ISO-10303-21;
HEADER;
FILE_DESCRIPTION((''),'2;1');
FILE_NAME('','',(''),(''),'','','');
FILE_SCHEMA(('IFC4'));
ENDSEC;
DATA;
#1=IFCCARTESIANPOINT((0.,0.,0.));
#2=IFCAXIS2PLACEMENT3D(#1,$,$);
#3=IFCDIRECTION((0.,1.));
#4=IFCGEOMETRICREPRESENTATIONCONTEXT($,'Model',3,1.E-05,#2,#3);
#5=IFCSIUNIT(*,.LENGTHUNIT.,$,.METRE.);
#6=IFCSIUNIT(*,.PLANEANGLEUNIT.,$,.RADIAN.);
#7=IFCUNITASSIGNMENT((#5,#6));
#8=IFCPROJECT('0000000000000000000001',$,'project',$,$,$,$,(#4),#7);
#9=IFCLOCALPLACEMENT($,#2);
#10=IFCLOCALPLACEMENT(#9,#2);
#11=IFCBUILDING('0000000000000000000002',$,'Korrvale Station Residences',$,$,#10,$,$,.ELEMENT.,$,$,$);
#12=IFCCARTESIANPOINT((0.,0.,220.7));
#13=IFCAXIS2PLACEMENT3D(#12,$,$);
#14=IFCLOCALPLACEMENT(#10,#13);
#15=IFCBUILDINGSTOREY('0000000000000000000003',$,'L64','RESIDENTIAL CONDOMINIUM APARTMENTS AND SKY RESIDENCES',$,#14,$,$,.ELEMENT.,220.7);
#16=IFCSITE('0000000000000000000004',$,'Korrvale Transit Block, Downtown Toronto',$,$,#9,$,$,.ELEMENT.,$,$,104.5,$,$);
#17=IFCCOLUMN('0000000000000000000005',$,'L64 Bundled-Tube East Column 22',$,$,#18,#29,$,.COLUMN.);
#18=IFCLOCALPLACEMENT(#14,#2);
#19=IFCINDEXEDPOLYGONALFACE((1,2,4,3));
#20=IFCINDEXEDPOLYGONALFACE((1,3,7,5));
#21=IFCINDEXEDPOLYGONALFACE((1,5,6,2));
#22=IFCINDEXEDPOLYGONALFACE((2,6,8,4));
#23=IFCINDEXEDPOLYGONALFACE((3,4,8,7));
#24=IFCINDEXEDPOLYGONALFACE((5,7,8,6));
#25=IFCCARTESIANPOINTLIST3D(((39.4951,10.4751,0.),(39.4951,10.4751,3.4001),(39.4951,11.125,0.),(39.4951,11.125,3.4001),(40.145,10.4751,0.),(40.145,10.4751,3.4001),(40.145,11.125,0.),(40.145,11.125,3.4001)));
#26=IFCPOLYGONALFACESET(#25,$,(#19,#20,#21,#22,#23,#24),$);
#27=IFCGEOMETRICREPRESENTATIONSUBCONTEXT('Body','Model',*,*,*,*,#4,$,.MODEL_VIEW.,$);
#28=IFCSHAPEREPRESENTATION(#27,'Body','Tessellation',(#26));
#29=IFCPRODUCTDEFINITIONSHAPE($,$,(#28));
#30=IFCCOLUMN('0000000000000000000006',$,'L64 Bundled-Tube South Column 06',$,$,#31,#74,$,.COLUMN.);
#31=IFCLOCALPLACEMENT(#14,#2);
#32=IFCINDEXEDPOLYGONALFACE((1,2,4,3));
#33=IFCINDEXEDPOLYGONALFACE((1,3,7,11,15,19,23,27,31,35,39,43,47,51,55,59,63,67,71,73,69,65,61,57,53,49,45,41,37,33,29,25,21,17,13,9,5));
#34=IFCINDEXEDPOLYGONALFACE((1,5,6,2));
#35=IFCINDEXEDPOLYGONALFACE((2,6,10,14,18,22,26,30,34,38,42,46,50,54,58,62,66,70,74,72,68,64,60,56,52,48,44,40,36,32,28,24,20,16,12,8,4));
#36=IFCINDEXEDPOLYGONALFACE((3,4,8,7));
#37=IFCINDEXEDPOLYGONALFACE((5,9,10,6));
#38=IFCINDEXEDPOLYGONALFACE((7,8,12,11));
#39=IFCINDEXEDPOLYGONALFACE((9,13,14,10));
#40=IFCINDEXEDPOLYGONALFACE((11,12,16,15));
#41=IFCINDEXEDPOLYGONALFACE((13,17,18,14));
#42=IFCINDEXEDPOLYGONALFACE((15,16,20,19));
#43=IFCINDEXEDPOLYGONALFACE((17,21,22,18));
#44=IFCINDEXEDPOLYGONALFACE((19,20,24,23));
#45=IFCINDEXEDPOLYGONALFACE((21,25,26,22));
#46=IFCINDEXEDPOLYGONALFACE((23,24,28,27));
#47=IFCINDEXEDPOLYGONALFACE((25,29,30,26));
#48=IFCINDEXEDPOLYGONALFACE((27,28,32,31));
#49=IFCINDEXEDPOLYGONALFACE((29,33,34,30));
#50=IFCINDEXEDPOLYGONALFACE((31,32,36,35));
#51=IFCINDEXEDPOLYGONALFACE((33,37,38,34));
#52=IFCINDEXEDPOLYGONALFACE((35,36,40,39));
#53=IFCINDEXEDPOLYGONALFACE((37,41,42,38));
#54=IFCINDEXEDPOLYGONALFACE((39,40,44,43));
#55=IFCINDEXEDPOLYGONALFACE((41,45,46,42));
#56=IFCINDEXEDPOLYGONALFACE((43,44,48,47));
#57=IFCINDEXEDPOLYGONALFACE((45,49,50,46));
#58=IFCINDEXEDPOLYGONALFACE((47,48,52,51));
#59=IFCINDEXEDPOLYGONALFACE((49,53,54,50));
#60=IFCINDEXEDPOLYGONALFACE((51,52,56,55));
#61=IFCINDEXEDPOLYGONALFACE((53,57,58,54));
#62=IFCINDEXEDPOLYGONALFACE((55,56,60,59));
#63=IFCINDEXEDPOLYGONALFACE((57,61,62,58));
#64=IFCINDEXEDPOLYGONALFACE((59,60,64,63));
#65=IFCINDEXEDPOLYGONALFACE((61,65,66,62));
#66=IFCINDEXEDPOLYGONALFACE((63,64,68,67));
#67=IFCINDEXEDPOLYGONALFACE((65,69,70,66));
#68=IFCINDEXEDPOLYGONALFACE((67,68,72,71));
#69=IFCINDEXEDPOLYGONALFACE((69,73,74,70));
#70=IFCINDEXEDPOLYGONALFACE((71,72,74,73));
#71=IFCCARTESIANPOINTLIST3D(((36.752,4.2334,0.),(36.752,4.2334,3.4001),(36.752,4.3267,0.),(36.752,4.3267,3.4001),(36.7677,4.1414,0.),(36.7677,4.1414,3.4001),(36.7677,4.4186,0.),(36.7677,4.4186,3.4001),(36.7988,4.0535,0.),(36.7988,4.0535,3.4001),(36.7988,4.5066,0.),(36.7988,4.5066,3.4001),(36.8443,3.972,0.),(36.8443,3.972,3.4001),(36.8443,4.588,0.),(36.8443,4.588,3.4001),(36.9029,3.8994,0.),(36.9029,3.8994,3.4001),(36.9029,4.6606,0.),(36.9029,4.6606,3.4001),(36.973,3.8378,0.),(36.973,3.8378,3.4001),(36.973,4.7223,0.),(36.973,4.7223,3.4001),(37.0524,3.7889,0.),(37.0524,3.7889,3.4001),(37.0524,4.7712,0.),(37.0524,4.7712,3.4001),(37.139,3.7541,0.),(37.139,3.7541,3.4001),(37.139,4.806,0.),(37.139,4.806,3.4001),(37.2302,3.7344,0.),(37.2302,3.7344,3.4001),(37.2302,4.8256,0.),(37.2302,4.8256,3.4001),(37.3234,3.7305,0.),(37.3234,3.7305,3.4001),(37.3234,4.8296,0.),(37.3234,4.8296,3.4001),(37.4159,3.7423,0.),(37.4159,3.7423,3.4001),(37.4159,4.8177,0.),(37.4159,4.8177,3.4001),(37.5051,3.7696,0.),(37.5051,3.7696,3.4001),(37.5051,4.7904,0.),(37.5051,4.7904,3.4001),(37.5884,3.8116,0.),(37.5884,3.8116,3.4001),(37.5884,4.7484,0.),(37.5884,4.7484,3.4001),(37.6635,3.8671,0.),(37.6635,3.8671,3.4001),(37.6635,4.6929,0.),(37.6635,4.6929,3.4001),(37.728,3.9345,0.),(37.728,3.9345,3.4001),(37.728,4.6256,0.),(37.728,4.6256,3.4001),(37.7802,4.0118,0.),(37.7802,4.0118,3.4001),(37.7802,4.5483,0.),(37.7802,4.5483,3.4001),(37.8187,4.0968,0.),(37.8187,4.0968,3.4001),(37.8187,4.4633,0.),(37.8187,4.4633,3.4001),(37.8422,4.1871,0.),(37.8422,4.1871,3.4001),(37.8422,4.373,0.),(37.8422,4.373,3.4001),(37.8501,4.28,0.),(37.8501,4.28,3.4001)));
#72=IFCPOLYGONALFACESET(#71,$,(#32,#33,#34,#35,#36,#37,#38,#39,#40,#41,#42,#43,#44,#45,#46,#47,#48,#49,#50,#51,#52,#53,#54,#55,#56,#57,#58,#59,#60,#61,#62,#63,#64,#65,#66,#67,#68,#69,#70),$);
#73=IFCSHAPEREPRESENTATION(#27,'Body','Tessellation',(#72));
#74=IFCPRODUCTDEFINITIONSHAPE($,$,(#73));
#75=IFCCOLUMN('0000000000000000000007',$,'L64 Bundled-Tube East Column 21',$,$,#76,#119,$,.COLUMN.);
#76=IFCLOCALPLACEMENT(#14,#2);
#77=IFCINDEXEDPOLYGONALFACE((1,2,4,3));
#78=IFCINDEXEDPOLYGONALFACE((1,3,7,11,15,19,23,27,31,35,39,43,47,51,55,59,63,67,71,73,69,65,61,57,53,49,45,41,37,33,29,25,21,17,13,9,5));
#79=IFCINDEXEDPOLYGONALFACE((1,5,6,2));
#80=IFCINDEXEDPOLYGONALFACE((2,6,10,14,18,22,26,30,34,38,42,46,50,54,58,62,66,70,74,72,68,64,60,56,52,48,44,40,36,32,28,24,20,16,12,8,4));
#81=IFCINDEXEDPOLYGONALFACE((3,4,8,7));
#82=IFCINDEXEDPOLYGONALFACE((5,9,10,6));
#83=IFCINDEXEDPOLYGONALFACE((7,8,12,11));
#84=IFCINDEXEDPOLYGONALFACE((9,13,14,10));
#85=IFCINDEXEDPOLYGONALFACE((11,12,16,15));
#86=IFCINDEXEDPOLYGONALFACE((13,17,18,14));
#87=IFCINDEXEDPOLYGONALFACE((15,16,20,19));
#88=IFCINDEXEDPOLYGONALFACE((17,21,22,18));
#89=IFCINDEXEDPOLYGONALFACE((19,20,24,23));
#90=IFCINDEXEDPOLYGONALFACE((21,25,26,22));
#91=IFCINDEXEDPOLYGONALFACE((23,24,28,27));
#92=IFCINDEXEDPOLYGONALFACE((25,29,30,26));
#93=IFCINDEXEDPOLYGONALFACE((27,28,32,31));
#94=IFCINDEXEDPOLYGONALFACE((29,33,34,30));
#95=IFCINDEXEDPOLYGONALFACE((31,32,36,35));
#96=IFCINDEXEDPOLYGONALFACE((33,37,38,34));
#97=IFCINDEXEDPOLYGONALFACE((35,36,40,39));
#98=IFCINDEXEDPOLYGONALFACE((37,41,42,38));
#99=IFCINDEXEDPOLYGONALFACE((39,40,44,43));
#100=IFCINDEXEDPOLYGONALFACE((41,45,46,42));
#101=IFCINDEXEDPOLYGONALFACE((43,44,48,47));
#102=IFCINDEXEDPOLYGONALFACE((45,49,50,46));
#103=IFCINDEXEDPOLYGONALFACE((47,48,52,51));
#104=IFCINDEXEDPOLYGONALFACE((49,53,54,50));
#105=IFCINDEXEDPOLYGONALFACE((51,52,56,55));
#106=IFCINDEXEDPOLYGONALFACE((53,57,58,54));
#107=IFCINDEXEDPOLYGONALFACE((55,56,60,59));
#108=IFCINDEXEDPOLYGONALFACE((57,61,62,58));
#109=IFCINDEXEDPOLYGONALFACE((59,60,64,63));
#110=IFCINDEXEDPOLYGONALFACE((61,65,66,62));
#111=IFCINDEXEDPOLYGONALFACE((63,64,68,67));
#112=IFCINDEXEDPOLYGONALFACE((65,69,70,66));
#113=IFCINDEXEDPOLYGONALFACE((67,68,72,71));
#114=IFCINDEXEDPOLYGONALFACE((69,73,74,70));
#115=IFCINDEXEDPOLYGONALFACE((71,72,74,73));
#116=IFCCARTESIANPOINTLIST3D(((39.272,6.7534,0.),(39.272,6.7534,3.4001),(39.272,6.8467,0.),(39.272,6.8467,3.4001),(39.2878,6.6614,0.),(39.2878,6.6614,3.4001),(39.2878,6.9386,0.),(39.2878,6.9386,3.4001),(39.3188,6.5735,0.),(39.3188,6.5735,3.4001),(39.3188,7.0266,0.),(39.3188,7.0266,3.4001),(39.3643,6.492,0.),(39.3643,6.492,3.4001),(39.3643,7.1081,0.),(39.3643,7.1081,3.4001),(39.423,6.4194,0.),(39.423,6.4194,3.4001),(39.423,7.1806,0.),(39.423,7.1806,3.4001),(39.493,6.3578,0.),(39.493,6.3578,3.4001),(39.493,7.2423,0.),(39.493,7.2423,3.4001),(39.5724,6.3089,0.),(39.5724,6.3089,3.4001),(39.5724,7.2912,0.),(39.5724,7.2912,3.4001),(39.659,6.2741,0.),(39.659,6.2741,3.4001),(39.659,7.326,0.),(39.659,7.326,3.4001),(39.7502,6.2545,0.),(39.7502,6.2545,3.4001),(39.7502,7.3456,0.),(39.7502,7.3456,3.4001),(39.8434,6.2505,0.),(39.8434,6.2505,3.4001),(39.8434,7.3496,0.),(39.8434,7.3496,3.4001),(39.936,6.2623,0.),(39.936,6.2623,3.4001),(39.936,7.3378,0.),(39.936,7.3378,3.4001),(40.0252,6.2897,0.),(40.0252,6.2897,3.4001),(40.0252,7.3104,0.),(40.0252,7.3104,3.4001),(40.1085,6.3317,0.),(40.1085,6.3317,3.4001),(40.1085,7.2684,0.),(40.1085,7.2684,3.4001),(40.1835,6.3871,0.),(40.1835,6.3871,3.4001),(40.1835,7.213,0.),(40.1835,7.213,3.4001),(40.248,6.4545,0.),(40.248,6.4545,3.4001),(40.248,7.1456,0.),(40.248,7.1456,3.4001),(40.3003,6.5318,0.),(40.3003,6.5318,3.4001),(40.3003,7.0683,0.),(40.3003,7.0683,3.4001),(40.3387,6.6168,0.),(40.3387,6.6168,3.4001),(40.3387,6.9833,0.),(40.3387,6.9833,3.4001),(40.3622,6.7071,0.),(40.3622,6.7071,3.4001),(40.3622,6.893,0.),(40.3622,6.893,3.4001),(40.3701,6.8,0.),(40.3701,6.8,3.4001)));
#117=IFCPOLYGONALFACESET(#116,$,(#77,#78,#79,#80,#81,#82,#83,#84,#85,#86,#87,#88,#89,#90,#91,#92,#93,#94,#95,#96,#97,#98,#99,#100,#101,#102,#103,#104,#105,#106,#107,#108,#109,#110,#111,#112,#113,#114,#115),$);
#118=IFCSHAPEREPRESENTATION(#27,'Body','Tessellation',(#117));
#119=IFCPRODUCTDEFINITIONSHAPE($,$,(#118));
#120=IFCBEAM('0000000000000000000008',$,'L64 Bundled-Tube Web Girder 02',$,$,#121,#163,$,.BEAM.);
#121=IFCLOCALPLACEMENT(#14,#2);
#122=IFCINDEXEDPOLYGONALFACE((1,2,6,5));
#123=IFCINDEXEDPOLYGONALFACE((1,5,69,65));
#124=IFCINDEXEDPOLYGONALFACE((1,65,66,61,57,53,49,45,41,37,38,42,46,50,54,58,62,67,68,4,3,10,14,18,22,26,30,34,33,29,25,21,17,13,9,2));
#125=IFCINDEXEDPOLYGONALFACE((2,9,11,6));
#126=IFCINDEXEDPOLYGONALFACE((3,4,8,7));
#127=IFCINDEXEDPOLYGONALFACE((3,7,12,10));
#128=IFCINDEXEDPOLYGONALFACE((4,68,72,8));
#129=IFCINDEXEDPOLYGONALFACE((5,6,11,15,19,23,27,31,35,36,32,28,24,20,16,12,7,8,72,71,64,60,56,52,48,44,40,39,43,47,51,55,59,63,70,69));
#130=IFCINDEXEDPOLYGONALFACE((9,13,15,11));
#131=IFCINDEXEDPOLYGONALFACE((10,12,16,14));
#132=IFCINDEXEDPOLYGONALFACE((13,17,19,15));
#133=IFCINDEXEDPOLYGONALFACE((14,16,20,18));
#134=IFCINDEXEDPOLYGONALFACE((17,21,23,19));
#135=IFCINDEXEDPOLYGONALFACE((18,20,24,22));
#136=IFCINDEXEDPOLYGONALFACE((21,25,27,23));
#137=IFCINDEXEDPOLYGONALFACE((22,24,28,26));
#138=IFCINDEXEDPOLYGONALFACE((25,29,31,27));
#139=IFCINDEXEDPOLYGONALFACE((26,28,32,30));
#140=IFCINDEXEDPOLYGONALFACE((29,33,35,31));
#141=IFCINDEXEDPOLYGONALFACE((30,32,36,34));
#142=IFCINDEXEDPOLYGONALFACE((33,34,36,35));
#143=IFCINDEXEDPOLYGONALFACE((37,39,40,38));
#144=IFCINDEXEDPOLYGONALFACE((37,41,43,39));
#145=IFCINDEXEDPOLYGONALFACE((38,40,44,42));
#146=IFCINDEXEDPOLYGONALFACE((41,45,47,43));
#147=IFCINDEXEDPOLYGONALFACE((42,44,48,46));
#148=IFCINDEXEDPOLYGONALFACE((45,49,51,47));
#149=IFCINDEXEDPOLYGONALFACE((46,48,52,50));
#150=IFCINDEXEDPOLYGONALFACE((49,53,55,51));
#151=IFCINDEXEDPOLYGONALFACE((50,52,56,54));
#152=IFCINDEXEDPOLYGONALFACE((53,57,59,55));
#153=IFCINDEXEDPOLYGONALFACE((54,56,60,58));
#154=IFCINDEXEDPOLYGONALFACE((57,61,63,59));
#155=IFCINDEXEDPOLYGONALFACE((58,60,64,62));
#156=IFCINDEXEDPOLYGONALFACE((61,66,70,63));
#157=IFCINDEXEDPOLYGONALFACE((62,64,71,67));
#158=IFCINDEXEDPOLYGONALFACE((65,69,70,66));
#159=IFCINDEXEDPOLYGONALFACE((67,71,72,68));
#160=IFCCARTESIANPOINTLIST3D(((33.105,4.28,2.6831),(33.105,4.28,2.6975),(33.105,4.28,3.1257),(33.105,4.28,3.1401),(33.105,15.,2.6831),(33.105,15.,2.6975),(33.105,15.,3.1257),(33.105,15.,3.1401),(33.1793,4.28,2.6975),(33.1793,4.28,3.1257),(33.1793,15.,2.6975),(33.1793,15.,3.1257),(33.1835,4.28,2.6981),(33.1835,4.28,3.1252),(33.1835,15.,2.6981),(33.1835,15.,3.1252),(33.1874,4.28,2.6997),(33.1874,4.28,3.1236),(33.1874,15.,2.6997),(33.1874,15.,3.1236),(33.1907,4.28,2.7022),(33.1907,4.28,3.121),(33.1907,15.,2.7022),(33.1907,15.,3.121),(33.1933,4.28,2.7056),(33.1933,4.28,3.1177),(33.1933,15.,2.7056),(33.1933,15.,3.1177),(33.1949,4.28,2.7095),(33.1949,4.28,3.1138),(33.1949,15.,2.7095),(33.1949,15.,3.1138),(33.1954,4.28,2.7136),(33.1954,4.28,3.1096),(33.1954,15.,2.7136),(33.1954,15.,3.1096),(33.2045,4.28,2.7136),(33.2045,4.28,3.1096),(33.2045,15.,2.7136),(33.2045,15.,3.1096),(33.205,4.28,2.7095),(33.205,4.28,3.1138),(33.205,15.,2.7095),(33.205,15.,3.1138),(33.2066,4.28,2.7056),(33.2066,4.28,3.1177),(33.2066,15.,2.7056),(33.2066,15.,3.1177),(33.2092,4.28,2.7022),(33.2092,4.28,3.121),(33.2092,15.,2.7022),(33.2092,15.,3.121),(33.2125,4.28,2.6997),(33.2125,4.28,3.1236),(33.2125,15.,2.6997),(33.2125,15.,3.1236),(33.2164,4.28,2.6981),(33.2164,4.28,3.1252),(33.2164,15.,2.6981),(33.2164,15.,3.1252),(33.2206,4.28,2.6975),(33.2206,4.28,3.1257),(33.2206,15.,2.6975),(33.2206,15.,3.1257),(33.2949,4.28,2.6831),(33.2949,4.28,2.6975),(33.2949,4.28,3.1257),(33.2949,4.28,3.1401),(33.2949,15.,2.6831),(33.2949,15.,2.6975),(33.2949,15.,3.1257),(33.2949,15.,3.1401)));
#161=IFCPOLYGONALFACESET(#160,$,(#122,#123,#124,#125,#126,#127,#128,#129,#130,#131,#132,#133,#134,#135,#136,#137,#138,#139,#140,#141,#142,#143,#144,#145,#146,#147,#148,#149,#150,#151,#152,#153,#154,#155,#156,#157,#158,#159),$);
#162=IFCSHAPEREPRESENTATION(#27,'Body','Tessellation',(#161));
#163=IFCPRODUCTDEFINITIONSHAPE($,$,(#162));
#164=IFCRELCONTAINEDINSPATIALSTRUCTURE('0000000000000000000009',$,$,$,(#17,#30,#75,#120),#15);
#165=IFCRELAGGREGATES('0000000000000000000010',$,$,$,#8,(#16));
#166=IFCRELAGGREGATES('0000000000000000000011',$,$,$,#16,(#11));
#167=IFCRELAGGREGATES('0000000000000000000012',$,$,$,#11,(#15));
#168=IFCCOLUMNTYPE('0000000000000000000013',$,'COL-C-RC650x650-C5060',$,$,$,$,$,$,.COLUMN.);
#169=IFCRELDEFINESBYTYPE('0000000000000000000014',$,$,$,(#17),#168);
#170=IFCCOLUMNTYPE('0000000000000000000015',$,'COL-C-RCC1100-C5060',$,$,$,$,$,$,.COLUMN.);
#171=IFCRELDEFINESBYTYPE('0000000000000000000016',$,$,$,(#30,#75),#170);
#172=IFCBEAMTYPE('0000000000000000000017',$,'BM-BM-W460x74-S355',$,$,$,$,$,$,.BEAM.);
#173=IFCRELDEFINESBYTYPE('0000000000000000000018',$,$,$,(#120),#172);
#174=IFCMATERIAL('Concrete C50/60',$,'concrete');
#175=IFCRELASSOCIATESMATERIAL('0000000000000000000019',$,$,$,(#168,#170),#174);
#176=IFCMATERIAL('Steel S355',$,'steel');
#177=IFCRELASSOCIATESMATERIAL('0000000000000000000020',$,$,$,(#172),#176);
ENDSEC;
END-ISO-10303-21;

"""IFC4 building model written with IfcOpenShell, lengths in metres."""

from ifc_helpers import new_model, si_unit, direction, frame, origin, origin_2d, place, context, subcontext, project, spatial, rectangle, circle, i_section, extrude, material, material_profile, profile_set, type_object, element, save


model = new_model("IFC4")

# Units and contexts
model_context = context("Model", 3, precision=1e-05, world=origin(), true_north=direction((0.0, 1.0)))
body_context = subcontext(model_context, "Body", "Model", "MODEL_VIEW")
ifc_project = project(units=[si_unit("LENGTHUNIT", "METRE"), si_unit("PLANEANGLEUNIT", "RADIAN")], contexts=[model_context])

# Site, building, storey
site_placement = place(None, origin())
site = spatial("IfcSite", under=ifc_project, at=site_placement, Name="Korrvale Transit Block, Downtown Toronto", CompositionType="ELEMENT", RefElevation=104.5)
building_placement = place(site_placement, origin())
building = spatial("IfcBuilding", under=site, at=building_placement, Name="Korrvale Station Residences", CompositionType="ELEMENT")
storey_placement = place(building_placement, frame((0.0, 0.0, 220.7)))
storey = spatial("IfcBuildingStorey", under=building, at=storey_placement, Name="L64", Description="RESIDENTIAL CONDOMINIUM APARTMENTS AND SKY RESIDENCES", CompositionType="ELEMENT", Elevation=220.7)

# Columns
ifc_material_1 = material(Name="Concrete C50/60", Category="concrete")
ifc_material_profile_1 = material_profile(ifc_material_1, rectangle(XDim=0.6499, YDim=0.6499, at=origin_2d()), Name="RC650x650")
ifc_profile_set_1 = profile_set([ifc_material_profile_1], Name="Concrete C50/60")
column_type_1 = type_object("IfcColumnType", Name="COL-C-RC650x650-C5060", PredefinedType="COLUMN", material=ifc_profile_set_1)
column_placement = place(storey_placement, frame((39.8201, 10.8, 0.0), z_axis=(0.0, 0.0, 1.0), x_axis=(1.0, 0.0, 0.0)))
element("IfcColumn", 1, at=column_placement, inside=storey, type_object=column_type_1, Name="L64 Bundled-Tube East Column 22", PredefinedType="COLUMN", context=body_context, shape_type="SweptSolid", body=[
    extrude(rectangle(XDim=0.6499, YDim=0.6499, at=origin_2d()), origin(), (0.0, 0.0, 1.0), 3.4001),
])
ifc_material_profile_2 = material_profile(ifc_material_1, circle(Radius=0.55, at=origin_2d()), Name="RCC1100")
ifc_profile_set_2 = profile_set([ifc_material_profile_2], Name="Concrete C50/60")
column_type_2 = type_object("IfcColumnType", Name="COL-C-RCC1100-C5060", PredefinedType="COLUMN", material=ifc_profile_set_2)
for number, where, z_axis, x_axis, name in (
    (2, (37.3, 4.28, 0.0), (0.0, 0.0, 1.0), (1.0, 0.0, 0.0), "L64 Bundled-Tube South Column 06"),
    (3, (39.8201, 6.8, 0.0), (0.0, 0.0, 1.0), (1.0, 0.0, 0.0), "L64 Bundled-Tube East Column 21"),
):
    element("IfcColumn", number, at=place(storey_placement, frame(where, z_axis=z_axis, x_axis=x_axis)), inside=storey, type_object=column_type_2, Name=name, PredefinedType="COLUMN", context=body_context, shape_type="SweptSolid", body=[
        extrude(circle(Radius=0.55, at=origin_2d()), origin(), (0.0, 0.0, 1.0), 3.4001),
    ])

# Beam
ifc_material_2 = material(Name="Steel S355", Category="steel")
ifc_material_profile_3 = material_profile(ifc_material_2, i_section(OverallWidth=0.1899, OverallDepth=0.457, WebThickness=0.009, FlangeThickness=0.0144, FilletRadius=0.0161, at=origin_2d()), Name="W460x74")
ifc_profile_set_3 = profile_set([ifc_material_profile_3], Name="Steel S355")
beam_type_1 = type_object("IfcBeamType", Name="BM-BM-W460x74-S355", PredefinedType="BEAM", material=ifc_profile_set_3)
beam_1_placement = place(storey_placement, frame((33.2, 4.28, 2.9116), z_axis=(0.0, 1.0, 0.0), x_axis=(-1.0, 0.0, 0.0)))
element("IfcBeam", 4, at=beam_1_placement, inside=storey, type_object=beam_type_1, Name="L64 Bundled-Tube Web Girder 02", PredefinedType="BEAM", context=body_context, shape_type="SweptSolid", body=[
    extrude(i_section(OverallWidth=0.1899, OverallDepth=0.457, WebThickness=0.009, FlangeThickness=0.0144, FilletRadius=0.0161, at=origin_2d()), origin(), (0.0, 0.0, 1.0), 10.72),
])

save(model, "model.ifc")
